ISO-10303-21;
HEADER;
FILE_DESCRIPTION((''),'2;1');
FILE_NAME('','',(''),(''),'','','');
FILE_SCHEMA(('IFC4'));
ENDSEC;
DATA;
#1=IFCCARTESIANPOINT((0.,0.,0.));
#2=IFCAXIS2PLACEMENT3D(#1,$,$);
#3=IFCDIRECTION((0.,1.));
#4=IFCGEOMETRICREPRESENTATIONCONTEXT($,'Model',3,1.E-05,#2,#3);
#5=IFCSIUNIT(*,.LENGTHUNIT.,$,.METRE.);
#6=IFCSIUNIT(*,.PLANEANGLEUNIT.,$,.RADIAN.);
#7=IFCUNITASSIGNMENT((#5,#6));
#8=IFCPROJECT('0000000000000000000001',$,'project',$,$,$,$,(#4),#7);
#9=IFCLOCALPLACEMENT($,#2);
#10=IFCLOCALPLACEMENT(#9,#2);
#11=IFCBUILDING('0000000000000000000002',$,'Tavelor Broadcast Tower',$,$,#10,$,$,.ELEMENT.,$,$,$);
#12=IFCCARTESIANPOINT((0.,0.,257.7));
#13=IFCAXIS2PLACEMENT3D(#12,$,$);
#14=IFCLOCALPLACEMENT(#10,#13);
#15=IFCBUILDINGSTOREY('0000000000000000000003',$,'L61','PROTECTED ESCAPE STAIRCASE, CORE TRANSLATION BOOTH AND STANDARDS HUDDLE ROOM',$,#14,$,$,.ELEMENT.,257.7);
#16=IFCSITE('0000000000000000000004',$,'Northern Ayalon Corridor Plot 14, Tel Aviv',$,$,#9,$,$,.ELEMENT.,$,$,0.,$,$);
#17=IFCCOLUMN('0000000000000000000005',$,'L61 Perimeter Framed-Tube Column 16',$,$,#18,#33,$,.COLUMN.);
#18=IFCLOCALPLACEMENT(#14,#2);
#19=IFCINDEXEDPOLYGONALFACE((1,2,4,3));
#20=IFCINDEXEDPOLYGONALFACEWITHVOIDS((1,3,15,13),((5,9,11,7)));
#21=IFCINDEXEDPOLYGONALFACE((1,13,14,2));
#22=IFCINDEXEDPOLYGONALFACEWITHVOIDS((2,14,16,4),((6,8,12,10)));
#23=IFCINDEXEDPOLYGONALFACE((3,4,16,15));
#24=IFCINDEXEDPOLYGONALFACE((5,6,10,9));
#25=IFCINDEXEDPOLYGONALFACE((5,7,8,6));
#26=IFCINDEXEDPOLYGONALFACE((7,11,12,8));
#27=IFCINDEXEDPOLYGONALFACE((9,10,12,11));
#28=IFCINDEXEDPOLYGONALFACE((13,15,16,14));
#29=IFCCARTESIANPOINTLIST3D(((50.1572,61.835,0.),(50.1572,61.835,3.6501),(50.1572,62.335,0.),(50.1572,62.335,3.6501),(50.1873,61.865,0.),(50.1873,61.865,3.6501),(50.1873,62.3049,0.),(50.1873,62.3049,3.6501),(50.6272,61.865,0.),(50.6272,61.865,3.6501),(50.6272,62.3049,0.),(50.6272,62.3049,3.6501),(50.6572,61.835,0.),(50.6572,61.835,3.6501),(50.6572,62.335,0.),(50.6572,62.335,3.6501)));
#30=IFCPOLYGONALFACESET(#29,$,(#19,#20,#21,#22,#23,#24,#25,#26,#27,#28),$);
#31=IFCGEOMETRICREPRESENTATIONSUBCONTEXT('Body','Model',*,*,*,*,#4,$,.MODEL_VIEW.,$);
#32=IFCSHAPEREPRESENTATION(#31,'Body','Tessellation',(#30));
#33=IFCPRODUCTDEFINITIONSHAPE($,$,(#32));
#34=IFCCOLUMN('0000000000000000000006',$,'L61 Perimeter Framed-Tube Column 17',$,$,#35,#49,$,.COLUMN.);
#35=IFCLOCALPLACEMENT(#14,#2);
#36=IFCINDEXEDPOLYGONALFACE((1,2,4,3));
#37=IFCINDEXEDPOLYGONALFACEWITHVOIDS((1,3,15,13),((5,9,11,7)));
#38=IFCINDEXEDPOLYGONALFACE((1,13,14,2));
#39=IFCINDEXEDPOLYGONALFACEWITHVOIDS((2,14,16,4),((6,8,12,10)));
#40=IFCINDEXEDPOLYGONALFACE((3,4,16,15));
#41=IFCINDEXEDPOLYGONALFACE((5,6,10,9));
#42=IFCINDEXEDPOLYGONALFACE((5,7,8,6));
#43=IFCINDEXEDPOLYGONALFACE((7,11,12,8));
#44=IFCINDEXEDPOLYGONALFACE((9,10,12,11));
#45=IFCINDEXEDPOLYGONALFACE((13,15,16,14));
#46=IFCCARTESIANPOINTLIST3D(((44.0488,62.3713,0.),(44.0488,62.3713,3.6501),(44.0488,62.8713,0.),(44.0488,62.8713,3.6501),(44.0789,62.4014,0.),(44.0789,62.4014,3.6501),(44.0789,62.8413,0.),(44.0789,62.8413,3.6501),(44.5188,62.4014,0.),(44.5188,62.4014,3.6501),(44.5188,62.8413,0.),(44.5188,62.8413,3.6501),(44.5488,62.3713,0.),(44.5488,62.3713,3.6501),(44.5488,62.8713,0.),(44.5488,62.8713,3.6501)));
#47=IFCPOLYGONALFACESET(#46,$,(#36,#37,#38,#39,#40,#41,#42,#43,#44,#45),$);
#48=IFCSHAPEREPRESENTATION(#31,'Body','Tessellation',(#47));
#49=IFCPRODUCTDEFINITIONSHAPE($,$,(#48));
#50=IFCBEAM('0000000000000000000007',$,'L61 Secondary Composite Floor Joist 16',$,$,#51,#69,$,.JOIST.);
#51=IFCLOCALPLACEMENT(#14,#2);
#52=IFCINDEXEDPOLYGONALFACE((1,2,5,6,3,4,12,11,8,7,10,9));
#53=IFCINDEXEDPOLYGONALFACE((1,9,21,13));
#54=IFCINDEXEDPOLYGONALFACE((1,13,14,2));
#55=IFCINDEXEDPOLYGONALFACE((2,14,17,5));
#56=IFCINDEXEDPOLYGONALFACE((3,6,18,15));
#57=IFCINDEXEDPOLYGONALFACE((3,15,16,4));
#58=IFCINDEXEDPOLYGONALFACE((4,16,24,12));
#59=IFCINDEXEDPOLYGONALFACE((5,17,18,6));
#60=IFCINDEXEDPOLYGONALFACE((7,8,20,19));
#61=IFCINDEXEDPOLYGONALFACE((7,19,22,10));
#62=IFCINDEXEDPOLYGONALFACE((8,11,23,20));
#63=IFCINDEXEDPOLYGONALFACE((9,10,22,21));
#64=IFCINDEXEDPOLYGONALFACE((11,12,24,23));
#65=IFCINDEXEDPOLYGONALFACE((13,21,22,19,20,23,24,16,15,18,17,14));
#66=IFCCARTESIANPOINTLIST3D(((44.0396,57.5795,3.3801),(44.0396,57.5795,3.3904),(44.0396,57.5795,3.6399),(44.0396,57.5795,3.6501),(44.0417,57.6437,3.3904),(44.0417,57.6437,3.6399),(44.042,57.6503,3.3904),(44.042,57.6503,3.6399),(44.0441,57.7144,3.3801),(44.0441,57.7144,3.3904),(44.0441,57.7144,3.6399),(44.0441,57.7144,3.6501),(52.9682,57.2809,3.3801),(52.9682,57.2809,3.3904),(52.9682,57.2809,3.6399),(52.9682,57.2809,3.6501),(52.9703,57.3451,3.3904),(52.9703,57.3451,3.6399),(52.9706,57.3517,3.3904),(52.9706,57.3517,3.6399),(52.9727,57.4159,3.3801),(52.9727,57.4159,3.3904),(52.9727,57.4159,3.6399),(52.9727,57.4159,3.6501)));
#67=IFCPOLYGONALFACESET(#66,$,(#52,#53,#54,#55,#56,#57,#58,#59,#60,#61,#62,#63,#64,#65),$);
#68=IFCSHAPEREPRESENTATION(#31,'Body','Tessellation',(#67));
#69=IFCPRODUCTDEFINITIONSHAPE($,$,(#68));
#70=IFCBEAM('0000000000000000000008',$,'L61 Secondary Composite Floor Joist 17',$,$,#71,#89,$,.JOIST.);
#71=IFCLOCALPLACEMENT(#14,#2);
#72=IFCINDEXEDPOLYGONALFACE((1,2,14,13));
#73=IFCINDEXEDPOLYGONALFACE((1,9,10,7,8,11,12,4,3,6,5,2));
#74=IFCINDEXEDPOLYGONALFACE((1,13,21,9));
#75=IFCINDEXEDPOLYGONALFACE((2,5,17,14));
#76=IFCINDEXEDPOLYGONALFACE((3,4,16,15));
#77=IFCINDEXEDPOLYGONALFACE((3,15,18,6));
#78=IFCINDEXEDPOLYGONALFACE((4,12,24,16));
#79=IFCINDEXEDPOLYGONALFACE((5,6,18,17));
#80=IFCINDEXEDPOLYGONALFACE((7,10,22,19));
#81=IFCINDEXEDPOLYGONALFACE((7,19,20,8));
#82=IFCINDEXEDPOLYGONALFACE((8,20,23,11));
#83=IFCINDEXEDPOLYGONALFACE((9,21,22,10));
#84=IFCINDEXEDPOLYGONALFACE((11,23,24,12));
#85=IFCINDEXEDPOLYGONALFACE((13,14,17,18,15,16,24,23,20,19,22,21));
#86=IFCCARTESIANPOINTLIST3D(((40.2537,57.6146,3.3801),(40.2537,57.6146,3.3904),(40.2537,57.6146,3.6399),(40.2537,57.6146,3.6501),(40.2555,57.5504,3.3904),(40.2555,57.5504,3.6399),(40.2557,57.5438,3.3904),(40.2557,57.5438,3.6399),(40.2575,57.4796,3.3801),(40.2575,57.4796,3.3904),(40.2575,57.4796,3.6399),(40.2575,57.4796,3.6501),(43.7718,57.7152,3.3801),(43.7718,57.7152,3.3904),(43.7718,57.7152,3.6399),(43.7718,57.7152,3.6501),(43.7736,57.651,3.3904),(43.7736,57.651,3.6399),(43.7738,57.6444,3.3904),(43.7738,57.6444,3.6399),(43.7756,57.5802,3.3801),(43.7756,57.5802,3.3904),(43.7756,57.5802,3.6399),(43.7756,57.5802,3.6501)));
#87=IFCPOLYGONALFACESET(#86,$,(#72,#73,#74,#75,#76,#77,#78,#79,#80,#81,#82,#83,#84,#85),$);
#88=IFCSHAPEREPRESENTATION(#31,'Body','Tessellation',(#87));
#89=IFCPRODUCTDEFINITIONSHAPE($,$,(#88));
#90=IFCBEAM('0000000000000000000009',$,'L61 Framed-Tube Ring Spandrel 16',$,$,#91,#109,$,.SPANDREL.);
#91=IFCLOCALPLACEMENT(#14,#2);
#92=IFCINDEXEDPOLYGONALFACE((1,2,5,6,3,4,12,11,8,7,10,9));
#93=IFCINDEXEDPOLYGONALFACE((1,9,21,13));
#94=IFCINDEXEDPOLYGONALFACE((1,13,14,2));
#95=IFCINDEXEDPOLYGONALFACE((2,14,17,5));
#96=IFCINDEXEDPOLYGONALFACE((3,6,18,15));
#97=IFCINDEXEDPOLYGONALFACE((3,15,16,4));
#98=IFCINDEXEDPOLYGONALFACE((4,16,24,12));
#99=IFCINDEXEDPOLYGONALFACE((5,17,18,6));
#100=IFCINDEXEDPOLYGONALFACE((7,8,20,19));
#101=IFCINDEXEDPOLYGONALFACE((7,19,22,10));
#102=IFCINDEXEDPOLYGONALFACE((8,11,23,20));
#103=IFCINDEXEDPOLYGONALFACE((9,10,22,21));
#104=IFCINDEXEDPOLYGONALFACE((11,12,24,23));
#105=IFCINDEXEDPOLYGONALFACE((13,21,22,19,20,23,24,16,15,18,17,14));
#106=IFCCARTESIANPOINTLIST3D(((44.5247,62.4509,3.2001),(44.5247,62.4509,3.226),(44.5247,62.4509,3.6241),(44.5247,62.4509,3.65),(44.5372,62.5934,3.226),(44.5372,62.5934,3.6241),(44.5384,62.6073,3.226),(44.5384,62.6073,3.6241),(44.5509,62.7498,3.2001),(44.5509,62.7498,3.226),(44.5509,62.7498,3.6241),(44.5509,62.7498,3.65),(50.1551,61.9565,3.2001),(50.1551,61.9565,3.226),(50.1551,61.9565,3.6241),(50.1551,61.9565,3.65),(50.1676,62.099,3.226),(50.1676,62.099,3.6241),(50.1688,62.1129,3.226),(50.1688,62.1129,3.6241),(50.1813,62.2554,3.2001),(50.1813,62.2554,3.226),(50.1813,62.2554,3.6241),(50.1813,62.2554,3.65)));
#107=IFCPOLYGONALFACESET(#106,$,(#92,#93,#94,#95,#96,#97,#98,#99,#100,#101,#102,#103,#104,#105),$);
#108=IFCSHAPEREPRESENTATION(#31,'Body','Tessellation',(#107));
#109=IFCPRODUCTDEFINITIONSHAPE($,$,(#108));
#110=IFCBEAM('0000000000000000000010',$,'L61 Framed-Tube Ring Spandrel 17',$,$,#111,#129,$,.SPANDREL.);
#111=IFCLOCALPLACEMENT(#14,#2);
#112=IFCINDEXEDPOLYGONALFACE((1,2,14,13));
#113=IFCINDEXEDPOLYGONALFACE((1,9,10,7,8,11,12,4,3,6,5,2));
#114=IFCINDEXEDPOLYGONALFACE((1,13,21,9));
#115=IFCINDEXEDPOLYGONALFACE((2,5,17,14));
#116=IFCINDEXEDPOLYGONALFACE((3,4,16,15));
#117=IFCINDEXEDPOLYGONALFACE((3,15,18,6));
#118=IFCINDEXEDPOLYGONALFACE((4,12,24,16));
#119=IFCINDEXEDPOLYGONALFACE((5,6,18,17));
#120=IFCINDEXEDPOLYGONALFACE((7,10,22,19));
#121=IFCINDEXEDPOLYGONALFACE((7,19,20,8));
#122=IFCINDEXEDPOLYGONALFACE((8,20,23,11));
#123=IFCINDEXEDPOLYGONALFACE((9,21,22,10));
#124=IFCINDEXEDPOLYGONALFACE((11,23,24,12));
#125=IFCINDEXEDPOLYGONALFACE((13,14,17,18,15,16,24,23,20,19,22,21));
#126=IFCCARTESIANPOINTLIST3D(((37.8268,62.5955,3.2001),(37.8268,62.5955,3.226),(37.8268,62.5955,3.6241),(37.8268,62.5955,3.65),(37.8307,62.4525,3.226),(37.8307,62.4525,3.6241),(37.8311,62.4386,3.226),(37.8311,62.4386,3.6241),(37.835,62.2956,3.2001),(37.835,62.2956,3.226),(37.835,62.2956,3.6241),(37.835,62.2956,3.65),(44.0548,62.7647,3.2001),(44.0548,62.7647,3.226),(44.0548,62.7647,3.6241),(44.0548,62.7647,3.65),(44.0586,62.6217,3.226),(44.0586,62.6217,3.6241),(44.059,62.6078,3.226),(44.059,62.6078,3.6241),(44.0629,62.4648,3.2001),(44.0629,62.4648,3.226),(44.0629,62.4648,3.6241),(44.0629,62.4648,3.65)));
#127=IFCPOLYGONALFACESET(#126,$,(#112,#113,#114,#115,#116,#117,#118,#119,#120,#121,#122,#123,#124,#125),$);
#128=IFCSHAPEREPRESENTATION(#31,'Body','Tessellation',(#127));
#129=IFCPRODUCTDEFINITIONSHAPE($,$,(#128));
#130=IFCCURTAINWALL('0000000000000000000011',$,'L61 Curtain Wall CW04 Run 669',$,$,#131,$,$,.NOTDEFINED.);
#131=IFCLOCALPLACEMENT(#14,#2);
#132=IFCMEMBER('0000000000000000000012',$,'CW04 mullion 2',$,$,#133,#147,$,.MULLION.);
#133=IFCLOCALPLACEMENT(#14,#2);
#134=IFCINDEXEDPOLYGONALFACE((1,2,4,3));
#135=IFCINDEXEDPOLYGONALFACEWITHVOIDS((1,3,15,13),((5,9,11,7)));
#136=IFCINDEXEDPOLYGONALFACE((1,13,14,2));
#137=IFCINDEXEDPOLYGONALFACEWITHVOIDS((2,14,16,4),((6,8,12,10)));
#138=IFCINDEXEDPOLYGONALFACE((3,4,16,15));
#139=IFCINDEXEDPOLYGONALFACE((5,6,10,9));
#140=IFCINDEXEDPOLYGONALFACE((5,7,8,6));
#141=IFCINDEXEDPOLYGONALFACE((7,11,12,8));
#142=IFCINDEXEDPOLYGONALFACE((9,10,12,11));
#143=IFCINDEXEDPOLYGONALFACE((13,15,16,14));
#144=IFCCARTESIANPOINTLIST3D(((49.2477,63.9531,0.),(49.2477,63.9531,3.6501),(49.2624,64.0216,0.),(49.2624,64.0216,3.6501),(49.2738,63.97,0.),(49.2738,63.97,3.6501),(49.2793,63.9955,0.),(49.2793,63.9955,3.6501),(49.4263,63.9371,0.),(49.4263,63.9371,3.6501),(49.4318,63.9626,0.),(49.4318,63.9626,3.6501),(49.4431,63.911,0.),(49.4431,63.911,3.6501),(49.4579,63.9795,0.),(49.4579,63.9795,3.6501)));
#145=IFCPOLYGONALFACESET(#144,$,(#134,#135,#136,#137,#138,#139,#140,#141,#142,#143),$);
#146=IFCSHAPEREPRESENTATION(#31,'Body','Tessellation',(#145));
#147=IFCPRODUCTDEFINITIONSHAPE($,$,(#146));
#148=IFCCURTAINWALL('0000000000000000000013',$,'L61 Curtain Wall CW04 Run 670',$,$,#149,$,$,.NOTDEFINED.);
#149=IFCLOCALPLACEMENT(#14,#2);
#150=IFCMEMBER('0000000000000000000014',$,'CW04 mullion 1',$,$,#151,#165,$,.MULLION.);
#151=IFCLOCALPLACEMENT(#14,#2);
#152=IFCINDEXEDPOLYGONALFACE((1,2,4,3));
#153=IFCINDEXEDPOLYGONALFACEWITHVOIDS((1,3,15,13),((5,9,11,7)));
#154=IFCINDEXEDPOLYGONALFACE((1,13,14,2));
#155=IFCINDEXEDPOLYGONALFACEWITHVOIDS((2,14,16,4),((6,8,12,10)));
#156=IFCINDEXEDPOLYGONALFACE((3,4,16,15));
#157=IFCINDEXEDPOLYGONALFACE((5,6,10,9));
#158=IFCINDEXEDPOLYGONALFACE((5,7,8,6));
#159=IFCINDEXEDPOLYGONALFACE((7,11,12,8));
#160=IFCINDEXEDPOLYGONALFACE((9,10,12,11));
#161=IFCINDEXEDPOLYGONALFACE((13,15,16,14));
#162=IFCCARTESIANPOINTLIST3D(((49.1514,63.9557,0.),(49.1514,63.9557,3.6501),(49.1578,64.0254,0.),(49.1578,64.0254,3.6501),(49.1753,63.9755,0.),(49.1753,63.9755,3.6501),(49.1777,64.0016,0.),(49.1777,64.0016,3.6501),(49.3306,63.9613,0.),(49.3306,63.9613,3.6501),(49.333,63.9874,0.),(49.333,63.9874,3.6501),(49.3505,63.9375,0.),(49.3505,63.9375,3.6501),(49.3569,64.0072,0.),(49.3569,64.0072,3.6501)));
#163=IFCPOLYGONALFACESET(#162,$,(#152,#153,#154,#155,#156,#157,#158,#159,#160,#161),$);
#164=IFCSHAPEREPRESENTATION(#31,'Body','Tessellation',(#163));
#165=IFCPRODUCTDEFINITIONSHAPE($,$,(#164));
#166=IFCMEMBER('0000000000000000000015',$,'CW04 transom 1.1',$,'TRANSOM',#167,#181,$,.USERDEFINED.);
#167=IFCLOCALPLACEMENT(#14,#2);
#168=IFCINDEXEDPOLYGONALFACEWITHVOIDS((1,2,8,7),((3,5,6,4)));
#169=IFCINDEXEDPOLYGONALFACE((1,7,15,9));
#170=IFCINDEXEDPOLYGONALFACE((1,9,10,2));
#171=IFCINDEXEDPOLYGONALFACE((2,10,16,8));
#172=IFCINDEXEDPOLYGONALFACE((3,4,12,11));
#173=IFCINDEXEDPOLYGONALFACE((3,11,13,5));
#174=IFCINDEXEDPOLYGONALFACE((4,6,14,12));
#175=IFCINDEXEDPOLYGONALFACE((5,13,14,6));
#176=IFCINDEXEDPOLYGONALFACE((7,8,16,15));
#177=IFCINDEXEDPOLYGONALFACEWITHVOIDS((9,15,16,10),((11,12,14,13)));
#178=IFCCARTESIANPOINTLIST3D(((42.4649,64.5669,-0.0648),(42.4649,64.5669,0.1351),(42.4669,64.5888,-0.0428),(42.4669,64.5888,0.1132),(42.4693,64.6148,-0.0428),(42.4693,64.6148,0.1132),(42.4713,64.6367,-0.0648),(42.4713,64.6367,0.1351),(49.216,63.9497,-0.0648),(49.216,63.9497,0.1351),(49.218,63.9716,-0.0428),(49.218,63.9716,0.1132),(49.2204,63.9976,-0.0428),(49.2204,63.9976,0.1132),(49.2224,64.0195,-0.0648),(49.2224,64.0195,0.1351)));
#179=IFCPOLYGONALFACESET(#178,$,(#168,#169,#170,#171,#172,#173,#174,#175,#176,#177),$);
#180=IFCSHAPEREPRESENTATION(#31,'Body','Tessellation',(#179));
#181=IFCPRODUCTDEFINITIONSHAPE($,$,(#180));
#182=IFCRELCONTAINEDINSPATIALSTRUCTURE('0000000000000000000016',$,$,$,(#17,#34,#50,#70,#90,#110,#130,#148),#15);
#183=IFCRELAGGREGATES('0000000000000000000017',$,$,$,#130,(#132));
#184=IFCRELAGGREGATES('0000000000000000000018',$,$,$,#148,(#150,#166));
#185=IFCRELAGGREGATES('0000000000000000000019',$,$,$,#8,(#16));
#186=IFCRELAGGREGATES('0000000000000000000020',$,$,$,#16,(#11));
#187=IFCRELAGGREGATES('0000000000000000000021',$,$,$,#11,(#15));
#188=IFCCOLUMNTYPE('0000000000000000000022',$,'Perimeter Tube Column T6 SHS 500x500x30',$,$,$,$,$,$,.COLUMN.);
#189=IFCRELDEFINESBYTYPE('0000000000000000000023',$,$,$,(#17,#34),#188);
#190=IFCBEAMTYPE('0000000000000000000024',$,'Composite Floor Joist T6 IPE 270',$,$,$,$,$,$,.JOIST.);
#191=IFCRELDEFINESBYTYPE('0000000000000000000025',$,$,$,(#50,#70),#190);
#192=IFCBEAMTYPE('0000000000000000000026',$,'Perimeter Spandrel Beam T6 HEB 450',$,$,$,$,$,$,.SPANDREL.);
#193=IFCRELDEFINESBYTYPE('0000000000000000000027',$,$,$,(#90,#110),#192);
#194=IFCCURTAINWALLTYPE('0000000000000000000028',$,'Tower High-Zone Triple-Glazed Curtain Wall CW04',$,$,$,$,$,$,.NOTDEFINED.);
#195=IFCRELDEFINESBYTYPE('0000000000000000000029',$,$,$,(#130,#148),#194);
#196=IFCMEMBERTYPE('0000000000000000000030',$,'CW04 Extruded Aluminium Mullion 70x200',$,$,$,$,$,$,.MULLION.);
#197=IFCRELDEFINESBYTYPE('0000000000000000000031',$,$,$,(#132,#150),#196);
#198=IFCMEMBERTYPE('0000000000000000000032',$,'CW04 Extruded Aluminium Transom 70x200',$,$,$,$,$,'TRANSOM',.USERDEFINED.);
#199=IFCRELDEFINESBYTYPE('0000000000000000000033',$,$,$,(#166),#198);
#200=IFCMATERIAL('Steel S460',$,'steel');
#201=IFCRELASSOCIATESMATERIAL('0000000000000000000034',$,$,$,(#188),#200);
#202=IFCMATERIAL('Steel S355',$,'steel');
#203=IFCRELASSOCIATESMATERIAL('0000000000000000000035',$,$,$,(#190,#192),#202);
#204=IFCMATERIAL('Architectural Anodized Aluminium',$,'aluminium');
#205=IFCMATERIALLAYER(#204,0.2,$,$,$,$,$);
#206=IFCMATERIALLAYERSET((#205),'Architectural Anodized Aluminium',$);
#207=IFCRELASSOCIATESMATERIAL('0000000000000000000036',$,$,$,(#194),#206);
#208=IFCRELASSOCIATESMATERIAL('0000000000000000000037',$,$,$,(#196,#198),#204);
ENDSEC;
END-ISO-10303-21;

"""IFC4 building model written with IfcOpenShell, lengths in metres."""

from ifc_helpers import new_model, si_unit, direction, frame, origin, origin_2d, place, context, subcontext, project, spatial, hollow_rectangle, i_section, extrude, source, transform, mapped, material, layer, layer_set, material_profile, profile_set, type_object, type_shapes, element, aggregate, save


model = new_model("IFC4")

# Units and contexts
model_context = context("Model", 3, precision=1e-05, world=origin(), true_north=direction((0.0, 1.0)))
body_context = subcontext(model_context, "Body", "Model", "MODEL_VIEW")
ifc_project = project(units=[si_unit("LENGTHUNIT", "METRE"), si_unit("PLANEANGLEUNIT", "RADIAN")], contexts=[model_context])

# Site, building, storey
site_placement = place(None, origin())
site = spatial("IfcSite", under=ifc_project, at=site_placement, Name="Northern Ayalon Corridor Plot 14, Tel Aviv", CompositionType="ELEMENT", RefElevation=0.0)
building_placement = place(site_placement, origin())
building = spatial("IfcBuilding", under=site, at=building_placement, Name="Tavelor Broadcast Tower", CompositionType="ELEMENT")
storey_placement = place(building_placement, frame((0.0, 0.0, 257.7)))
storey = spatial("IfcBuildingStorey", under=building, at=storey_placement, Name="L61", Description="PROTECTED ESCAPE STAIRCASE, CORE TRANSLATION BOOTH AND STANDARDS HUDDLE ROOM", CompositionType="ELEMENT", Elevation=257.7)

# Columns
ifc_material_1 = material(Name="Steel S460", Category="steel")
ifc_material_profile_1 = material_profile(ifc_material_1, hollow_rectangle(XDim=0.5, YDim=0.5, WallThickness=0.03, at=origin_2d()), Name="SHS 500x500x30")
ifc_profile_set_1 = profile_set([ifc_material_profile_1], Name="Steel S460")
column_type = type_object("IfcColumnType", Name="Perimeter Tube Column T6 SHS 500x500x30", PredefinedType="COLUMN", material=ifc_profile_set_1)
for number, where, z_axis, x_axis, name in (
    (1, (50.4072, 62.085, 0.0), (0.0, 0.0, 1.0), (1.0, 0.0, 0.0), "L61 Perimeter Framed-Tube Column 16"),
    (2, (44.2988, 62.6213, 0.0), (0.0, 0.0, 1.0), (1.0, 0.0, 0.0), "L61 Perimeter Framed-Tube Column 17"),
):
    element("IfcColumn", number, at=place(storey_placement, frame(where, z_axis=z_axis, x_axis=x_axis)), inside=storey, type_object=column_type, Name=name, PredefinedType="COLUMN", context=body_context, shape_type="SweptSolid", body=[
        extrude(hollow_rectangle(XDim=0.5, YDim=0.5, WallThickness=0.03, at=origin_2d()), origin(), (0.0, 0.0, 1.0), 3.6501),
    ])

# Beams
ifc_material_2 = material(Name="Steel S355", Category="steel")
ifc_material_profile_2 = material_profile(ifc_material_2, i_section(OverallWidth=0.135, OverallDepth=0.27, WebThickness=0.0066, FlangeThickness=0.0103, at=origin_2d()), Name="IPE 270")
ifc_profile_set_2 = profile_set([ifc_material_profile_2], Name="Steel S355")
beam_type_1 = type_object("IfcBeamType", Name="Composite Floor Joist T6 IPE 270", PredefinedType="JOIST", material=ifc_profile_set_2)
beam_1_placement = place(storey_placement, frame((52.9705, 57.3484, 3.5151), z_axis=(-0.999441, 0.033422, 0.0), x_axis=(-0.033422, -0.999441, 0.0)))
element("IfcBeam", 3, at=beam_1_placement, inside=storey, type_object=beam_type_1, Name="L61 Secondary Composite Floor Joist 16", PredefinedType="JOIST", context=body_context, shape_type="SweptSolid", body=[
    extrude(i_section(OverallWidth=0.135, OverallDepth=0.27, WebThickness=0.0066, FlangeThickness=0.0103, at=origin_2d()), origin(), (0.0, 0.0, 1.0), 8.9336),
])
beam_2_placement = place(storey_placement, frame((43.7737, 57.6477, 3.5151), z_axis=(-0.999592, -0.02858, 0.0), x_axis=(0.02858, -0.999592, 0.0)))
element("IfcBeam", 4, at=beam_2_placement, inside=storey, type_object=beam_type_1, Name="L61 Secondary Composite Floor Joist 17", PredefinedType="JOIST", context=body_context, shape_type="SweptSolid", body=[
    extrude(i_section(OverallWidth=0.135, OverallDepth=0.27, WebThickness=0.0066, FlangeThickness=0.0103, at=origin_2d()), origin(), (0.0, 0.0, 1.0), 3.5195),
])
ifc_material_profile_3 = material_profile(ifc_material_2, i_section(OverallWidth=0.3, OverallDepth=0.45, WebThickness=0.0139, FlangeThickness=0.0259, at=origin_2d()), Name="HEB 450")
ifc_profile_set_3 = profile_set([ifc_material_profile_3], Name="Steel S355")
beam_type_2 = type_object("IfcBeamType", Name="Perimeter Spandrel Beam T6 HEB 450", PredefinedType="SPANDREL", material=ifc_profile_set_3)
beam_3_placement = place(storey_placement, frame((50.1682, 62.106, 3.425), z_axis=(-0.996167, 0.08747, 0.0), x_axis=(-0.08747, -0.996167, 0.0)))
element("IfcBeam", 5, at=beam_3_placement, inside=storey, type_object=beam_type_2, Name="L61 Framed-Tube Ring Spandrel 16", PredefinedType="SPANDREL", context=body_context, shape_type="SweptSolid", body=[
    extrude(i_section(OverallWidth=0.3, OverallDepth=0.45, WebThickness=0.0139, FlangeThickness=0.0259, at=origin_2d()), origin(), (0.0, 0.0, 1.0), 5.6521),
])
beam_4_placement = place(storey_placement, frame((44.0588, 62.6147, 3.425), z_axis=(-0.999631, -0.027156, 0.0), x_axis=(0.027156, -0.999631, 0.0)))
element("IfcBeam", 6, at=beam_4_placement, inside=storey, type_object=beam_type_2, Name="L61 Framed-Tube Ring Spandrel 17", PredefinedType="SPANDREL", context=body_context, shape_type="SweptSolid", body=[
    extrude(i_section(OverallWidth=0.3, OverallDepth=0.45, WebThickness=0.0139, FlangeThickness=0.0259, at=origin_2d()), origin(), (0.0, 0.0, 1.0), 6.2302),
])

# Curtain wall, member
ifc_material_3 = material(Name="Architectural Anodized Aluminium", Category="aluminium")
ifc_layer_1 = layer(ifc_material_3, 0.2)
ifc_layer_set_1 = layer_set([ifc_layer_1], Name="Architectural Anodized Aluminium")
curtain_wall_type = type_object("IfcCurtainWallType", Name="Tower High-Zone Triple-Glazed Curtain Wall CW04", PredefinedType="NOTDEFINED", material=ifc_layer_set_1)
curtain_wall_1_placement = place(storey_placement, origin())
curtain_wall_1 = element("IfcCurtainWall", 7, at=curtain_wall_1_placement, inside=storey, type_object=curtain_wall_type, Name="L61 Curtain Wall CW04 Run 669", PredefinedType="NOTDEFINED")
ifc_material_profile_4 = material_profile(ifc_material_3, hollow_rectangle(XDim=0.0701, YDim=0.2, WallThickness=0.022, at=origin_2d()), Name="RHS 70x200x22")
ifc_profile_set_4 = profile_set([ifc_material_profile_4], Name="Architectural Anodized Aluminium")
member_type_1 = type_object("IfcMemberType", Name="CW04 Extruded Aluminium Mullion 70x200", PredefinedType="MULLION", material=ifc_profile_set_4)
shared_shape_1 = source(origin(), body_context, "Body", "SweptSolid", [
    extrude(hollow_rectangle(XDim=0.0701, YDim=0.2, WallThickness=0.022, at=origin_2d()), origin(), (0.0, 0.0, 1.0), 3.6501),
])
type_shapes(member_type_1, [shared_shape_1])
member_1_placement = place(storey_placement, frame((49.3528, 63.9663, 0.0), z_axis=(0.0, 0.0, 1.0), x_axis=(-0.210919, -0.977503, 0.0)))
member_1 = element("IfcMember", 8, at=member_1_placement, type_object=member_type_1, Name="CW04 mullion 2", PredefinedType="MULLION", context=body_context, shape_type="MappedRepresentation", body=[
    mapped(shared_shape_1, transform((0.0, 0.0, 0.0), scale=1.0)),
])

# Curtain wall, members
curtain_wall_2_placement = place(storey_placement, origin())
curtain_wall_2 = element("IfcCurtainWall", 9, at=curtain_wall_2_placement, inside=storey, type_object=curtain_wall_type, Name="L61 Curtain Wall CW04 Run 670", PredefinedType="NOTDEFINED")
member_2_placement = place(storey_placement, frame((49.2542, 63.9814, 0.0), z_axis=(0.0, 0.0, 1.0), x_axis=(-0.09105, -0.995846, 0.0)))
member_2 = element("IfcMember", 10, at=member_2_placement, type_object=member_type_1, Name="CW04 mullion 1", PredefinedType="MULLION", context=body_context, shape_type="MappedRepresentation", body=[
    mapped(shared_shape_1, transform((0.0, 0.0, 0.0), scale=1.0)),
])
ifc_material_profile_5 = material_profile(ifc_material_3, hollow_rectangle(XDim=0.0701, YDim=0.2, WallThickness=0.022, at=origin_2d()), Name="RHS 70x200x22")
ifc_profile_set_5 = profile_set([ifc_material_profile_5], Name="Architectural Anodized Aluminium")
member_type_2 = type_object("IfcMemberType", Name="CW04 Extruded Aluminium Transom 70x200", ElementType="TRANSOM", PredefinedType="USERDEFINED", material=ifc_profile_set_5)
shared_shape_2 = source(origin(), body_context, "Body", "SweptSolid", [
    extrude(hollow_rectangle(XDim=0.0701, YDim=0.2, WallThickness=0.022, at=origin_2d()), origin(), (0.0, 0.0, 1.0), 6.7793),
])
type_shapes(member_type_2, [shared_shape_2])
member_3_placement = place(storey_placement, frame((49.2192, 63.9846, 0.0352), z_axis=(-0.995847, 0.091039, 0.0), x_axis=(-0.091039, -0.995847, 0.0)))
member_3 = element("IfcMember", 11, at=member_3_placement, type_object=member_type_2, Name="CW04 transom 1.1", ObjectType="TRANSOM", PredefinedType="USERDEFINED", context=body_context, shape_type="MappedRepresentation", body=[
    mapped(shared_shape_2, transform((0.0, 0.0, 0.0), scale=1.0)),
])

aggregate(curtain_wall_1, [member_1])
aggregate(curtain_wall_2, [member_2, member_3])

save(model, "model.ifc")
